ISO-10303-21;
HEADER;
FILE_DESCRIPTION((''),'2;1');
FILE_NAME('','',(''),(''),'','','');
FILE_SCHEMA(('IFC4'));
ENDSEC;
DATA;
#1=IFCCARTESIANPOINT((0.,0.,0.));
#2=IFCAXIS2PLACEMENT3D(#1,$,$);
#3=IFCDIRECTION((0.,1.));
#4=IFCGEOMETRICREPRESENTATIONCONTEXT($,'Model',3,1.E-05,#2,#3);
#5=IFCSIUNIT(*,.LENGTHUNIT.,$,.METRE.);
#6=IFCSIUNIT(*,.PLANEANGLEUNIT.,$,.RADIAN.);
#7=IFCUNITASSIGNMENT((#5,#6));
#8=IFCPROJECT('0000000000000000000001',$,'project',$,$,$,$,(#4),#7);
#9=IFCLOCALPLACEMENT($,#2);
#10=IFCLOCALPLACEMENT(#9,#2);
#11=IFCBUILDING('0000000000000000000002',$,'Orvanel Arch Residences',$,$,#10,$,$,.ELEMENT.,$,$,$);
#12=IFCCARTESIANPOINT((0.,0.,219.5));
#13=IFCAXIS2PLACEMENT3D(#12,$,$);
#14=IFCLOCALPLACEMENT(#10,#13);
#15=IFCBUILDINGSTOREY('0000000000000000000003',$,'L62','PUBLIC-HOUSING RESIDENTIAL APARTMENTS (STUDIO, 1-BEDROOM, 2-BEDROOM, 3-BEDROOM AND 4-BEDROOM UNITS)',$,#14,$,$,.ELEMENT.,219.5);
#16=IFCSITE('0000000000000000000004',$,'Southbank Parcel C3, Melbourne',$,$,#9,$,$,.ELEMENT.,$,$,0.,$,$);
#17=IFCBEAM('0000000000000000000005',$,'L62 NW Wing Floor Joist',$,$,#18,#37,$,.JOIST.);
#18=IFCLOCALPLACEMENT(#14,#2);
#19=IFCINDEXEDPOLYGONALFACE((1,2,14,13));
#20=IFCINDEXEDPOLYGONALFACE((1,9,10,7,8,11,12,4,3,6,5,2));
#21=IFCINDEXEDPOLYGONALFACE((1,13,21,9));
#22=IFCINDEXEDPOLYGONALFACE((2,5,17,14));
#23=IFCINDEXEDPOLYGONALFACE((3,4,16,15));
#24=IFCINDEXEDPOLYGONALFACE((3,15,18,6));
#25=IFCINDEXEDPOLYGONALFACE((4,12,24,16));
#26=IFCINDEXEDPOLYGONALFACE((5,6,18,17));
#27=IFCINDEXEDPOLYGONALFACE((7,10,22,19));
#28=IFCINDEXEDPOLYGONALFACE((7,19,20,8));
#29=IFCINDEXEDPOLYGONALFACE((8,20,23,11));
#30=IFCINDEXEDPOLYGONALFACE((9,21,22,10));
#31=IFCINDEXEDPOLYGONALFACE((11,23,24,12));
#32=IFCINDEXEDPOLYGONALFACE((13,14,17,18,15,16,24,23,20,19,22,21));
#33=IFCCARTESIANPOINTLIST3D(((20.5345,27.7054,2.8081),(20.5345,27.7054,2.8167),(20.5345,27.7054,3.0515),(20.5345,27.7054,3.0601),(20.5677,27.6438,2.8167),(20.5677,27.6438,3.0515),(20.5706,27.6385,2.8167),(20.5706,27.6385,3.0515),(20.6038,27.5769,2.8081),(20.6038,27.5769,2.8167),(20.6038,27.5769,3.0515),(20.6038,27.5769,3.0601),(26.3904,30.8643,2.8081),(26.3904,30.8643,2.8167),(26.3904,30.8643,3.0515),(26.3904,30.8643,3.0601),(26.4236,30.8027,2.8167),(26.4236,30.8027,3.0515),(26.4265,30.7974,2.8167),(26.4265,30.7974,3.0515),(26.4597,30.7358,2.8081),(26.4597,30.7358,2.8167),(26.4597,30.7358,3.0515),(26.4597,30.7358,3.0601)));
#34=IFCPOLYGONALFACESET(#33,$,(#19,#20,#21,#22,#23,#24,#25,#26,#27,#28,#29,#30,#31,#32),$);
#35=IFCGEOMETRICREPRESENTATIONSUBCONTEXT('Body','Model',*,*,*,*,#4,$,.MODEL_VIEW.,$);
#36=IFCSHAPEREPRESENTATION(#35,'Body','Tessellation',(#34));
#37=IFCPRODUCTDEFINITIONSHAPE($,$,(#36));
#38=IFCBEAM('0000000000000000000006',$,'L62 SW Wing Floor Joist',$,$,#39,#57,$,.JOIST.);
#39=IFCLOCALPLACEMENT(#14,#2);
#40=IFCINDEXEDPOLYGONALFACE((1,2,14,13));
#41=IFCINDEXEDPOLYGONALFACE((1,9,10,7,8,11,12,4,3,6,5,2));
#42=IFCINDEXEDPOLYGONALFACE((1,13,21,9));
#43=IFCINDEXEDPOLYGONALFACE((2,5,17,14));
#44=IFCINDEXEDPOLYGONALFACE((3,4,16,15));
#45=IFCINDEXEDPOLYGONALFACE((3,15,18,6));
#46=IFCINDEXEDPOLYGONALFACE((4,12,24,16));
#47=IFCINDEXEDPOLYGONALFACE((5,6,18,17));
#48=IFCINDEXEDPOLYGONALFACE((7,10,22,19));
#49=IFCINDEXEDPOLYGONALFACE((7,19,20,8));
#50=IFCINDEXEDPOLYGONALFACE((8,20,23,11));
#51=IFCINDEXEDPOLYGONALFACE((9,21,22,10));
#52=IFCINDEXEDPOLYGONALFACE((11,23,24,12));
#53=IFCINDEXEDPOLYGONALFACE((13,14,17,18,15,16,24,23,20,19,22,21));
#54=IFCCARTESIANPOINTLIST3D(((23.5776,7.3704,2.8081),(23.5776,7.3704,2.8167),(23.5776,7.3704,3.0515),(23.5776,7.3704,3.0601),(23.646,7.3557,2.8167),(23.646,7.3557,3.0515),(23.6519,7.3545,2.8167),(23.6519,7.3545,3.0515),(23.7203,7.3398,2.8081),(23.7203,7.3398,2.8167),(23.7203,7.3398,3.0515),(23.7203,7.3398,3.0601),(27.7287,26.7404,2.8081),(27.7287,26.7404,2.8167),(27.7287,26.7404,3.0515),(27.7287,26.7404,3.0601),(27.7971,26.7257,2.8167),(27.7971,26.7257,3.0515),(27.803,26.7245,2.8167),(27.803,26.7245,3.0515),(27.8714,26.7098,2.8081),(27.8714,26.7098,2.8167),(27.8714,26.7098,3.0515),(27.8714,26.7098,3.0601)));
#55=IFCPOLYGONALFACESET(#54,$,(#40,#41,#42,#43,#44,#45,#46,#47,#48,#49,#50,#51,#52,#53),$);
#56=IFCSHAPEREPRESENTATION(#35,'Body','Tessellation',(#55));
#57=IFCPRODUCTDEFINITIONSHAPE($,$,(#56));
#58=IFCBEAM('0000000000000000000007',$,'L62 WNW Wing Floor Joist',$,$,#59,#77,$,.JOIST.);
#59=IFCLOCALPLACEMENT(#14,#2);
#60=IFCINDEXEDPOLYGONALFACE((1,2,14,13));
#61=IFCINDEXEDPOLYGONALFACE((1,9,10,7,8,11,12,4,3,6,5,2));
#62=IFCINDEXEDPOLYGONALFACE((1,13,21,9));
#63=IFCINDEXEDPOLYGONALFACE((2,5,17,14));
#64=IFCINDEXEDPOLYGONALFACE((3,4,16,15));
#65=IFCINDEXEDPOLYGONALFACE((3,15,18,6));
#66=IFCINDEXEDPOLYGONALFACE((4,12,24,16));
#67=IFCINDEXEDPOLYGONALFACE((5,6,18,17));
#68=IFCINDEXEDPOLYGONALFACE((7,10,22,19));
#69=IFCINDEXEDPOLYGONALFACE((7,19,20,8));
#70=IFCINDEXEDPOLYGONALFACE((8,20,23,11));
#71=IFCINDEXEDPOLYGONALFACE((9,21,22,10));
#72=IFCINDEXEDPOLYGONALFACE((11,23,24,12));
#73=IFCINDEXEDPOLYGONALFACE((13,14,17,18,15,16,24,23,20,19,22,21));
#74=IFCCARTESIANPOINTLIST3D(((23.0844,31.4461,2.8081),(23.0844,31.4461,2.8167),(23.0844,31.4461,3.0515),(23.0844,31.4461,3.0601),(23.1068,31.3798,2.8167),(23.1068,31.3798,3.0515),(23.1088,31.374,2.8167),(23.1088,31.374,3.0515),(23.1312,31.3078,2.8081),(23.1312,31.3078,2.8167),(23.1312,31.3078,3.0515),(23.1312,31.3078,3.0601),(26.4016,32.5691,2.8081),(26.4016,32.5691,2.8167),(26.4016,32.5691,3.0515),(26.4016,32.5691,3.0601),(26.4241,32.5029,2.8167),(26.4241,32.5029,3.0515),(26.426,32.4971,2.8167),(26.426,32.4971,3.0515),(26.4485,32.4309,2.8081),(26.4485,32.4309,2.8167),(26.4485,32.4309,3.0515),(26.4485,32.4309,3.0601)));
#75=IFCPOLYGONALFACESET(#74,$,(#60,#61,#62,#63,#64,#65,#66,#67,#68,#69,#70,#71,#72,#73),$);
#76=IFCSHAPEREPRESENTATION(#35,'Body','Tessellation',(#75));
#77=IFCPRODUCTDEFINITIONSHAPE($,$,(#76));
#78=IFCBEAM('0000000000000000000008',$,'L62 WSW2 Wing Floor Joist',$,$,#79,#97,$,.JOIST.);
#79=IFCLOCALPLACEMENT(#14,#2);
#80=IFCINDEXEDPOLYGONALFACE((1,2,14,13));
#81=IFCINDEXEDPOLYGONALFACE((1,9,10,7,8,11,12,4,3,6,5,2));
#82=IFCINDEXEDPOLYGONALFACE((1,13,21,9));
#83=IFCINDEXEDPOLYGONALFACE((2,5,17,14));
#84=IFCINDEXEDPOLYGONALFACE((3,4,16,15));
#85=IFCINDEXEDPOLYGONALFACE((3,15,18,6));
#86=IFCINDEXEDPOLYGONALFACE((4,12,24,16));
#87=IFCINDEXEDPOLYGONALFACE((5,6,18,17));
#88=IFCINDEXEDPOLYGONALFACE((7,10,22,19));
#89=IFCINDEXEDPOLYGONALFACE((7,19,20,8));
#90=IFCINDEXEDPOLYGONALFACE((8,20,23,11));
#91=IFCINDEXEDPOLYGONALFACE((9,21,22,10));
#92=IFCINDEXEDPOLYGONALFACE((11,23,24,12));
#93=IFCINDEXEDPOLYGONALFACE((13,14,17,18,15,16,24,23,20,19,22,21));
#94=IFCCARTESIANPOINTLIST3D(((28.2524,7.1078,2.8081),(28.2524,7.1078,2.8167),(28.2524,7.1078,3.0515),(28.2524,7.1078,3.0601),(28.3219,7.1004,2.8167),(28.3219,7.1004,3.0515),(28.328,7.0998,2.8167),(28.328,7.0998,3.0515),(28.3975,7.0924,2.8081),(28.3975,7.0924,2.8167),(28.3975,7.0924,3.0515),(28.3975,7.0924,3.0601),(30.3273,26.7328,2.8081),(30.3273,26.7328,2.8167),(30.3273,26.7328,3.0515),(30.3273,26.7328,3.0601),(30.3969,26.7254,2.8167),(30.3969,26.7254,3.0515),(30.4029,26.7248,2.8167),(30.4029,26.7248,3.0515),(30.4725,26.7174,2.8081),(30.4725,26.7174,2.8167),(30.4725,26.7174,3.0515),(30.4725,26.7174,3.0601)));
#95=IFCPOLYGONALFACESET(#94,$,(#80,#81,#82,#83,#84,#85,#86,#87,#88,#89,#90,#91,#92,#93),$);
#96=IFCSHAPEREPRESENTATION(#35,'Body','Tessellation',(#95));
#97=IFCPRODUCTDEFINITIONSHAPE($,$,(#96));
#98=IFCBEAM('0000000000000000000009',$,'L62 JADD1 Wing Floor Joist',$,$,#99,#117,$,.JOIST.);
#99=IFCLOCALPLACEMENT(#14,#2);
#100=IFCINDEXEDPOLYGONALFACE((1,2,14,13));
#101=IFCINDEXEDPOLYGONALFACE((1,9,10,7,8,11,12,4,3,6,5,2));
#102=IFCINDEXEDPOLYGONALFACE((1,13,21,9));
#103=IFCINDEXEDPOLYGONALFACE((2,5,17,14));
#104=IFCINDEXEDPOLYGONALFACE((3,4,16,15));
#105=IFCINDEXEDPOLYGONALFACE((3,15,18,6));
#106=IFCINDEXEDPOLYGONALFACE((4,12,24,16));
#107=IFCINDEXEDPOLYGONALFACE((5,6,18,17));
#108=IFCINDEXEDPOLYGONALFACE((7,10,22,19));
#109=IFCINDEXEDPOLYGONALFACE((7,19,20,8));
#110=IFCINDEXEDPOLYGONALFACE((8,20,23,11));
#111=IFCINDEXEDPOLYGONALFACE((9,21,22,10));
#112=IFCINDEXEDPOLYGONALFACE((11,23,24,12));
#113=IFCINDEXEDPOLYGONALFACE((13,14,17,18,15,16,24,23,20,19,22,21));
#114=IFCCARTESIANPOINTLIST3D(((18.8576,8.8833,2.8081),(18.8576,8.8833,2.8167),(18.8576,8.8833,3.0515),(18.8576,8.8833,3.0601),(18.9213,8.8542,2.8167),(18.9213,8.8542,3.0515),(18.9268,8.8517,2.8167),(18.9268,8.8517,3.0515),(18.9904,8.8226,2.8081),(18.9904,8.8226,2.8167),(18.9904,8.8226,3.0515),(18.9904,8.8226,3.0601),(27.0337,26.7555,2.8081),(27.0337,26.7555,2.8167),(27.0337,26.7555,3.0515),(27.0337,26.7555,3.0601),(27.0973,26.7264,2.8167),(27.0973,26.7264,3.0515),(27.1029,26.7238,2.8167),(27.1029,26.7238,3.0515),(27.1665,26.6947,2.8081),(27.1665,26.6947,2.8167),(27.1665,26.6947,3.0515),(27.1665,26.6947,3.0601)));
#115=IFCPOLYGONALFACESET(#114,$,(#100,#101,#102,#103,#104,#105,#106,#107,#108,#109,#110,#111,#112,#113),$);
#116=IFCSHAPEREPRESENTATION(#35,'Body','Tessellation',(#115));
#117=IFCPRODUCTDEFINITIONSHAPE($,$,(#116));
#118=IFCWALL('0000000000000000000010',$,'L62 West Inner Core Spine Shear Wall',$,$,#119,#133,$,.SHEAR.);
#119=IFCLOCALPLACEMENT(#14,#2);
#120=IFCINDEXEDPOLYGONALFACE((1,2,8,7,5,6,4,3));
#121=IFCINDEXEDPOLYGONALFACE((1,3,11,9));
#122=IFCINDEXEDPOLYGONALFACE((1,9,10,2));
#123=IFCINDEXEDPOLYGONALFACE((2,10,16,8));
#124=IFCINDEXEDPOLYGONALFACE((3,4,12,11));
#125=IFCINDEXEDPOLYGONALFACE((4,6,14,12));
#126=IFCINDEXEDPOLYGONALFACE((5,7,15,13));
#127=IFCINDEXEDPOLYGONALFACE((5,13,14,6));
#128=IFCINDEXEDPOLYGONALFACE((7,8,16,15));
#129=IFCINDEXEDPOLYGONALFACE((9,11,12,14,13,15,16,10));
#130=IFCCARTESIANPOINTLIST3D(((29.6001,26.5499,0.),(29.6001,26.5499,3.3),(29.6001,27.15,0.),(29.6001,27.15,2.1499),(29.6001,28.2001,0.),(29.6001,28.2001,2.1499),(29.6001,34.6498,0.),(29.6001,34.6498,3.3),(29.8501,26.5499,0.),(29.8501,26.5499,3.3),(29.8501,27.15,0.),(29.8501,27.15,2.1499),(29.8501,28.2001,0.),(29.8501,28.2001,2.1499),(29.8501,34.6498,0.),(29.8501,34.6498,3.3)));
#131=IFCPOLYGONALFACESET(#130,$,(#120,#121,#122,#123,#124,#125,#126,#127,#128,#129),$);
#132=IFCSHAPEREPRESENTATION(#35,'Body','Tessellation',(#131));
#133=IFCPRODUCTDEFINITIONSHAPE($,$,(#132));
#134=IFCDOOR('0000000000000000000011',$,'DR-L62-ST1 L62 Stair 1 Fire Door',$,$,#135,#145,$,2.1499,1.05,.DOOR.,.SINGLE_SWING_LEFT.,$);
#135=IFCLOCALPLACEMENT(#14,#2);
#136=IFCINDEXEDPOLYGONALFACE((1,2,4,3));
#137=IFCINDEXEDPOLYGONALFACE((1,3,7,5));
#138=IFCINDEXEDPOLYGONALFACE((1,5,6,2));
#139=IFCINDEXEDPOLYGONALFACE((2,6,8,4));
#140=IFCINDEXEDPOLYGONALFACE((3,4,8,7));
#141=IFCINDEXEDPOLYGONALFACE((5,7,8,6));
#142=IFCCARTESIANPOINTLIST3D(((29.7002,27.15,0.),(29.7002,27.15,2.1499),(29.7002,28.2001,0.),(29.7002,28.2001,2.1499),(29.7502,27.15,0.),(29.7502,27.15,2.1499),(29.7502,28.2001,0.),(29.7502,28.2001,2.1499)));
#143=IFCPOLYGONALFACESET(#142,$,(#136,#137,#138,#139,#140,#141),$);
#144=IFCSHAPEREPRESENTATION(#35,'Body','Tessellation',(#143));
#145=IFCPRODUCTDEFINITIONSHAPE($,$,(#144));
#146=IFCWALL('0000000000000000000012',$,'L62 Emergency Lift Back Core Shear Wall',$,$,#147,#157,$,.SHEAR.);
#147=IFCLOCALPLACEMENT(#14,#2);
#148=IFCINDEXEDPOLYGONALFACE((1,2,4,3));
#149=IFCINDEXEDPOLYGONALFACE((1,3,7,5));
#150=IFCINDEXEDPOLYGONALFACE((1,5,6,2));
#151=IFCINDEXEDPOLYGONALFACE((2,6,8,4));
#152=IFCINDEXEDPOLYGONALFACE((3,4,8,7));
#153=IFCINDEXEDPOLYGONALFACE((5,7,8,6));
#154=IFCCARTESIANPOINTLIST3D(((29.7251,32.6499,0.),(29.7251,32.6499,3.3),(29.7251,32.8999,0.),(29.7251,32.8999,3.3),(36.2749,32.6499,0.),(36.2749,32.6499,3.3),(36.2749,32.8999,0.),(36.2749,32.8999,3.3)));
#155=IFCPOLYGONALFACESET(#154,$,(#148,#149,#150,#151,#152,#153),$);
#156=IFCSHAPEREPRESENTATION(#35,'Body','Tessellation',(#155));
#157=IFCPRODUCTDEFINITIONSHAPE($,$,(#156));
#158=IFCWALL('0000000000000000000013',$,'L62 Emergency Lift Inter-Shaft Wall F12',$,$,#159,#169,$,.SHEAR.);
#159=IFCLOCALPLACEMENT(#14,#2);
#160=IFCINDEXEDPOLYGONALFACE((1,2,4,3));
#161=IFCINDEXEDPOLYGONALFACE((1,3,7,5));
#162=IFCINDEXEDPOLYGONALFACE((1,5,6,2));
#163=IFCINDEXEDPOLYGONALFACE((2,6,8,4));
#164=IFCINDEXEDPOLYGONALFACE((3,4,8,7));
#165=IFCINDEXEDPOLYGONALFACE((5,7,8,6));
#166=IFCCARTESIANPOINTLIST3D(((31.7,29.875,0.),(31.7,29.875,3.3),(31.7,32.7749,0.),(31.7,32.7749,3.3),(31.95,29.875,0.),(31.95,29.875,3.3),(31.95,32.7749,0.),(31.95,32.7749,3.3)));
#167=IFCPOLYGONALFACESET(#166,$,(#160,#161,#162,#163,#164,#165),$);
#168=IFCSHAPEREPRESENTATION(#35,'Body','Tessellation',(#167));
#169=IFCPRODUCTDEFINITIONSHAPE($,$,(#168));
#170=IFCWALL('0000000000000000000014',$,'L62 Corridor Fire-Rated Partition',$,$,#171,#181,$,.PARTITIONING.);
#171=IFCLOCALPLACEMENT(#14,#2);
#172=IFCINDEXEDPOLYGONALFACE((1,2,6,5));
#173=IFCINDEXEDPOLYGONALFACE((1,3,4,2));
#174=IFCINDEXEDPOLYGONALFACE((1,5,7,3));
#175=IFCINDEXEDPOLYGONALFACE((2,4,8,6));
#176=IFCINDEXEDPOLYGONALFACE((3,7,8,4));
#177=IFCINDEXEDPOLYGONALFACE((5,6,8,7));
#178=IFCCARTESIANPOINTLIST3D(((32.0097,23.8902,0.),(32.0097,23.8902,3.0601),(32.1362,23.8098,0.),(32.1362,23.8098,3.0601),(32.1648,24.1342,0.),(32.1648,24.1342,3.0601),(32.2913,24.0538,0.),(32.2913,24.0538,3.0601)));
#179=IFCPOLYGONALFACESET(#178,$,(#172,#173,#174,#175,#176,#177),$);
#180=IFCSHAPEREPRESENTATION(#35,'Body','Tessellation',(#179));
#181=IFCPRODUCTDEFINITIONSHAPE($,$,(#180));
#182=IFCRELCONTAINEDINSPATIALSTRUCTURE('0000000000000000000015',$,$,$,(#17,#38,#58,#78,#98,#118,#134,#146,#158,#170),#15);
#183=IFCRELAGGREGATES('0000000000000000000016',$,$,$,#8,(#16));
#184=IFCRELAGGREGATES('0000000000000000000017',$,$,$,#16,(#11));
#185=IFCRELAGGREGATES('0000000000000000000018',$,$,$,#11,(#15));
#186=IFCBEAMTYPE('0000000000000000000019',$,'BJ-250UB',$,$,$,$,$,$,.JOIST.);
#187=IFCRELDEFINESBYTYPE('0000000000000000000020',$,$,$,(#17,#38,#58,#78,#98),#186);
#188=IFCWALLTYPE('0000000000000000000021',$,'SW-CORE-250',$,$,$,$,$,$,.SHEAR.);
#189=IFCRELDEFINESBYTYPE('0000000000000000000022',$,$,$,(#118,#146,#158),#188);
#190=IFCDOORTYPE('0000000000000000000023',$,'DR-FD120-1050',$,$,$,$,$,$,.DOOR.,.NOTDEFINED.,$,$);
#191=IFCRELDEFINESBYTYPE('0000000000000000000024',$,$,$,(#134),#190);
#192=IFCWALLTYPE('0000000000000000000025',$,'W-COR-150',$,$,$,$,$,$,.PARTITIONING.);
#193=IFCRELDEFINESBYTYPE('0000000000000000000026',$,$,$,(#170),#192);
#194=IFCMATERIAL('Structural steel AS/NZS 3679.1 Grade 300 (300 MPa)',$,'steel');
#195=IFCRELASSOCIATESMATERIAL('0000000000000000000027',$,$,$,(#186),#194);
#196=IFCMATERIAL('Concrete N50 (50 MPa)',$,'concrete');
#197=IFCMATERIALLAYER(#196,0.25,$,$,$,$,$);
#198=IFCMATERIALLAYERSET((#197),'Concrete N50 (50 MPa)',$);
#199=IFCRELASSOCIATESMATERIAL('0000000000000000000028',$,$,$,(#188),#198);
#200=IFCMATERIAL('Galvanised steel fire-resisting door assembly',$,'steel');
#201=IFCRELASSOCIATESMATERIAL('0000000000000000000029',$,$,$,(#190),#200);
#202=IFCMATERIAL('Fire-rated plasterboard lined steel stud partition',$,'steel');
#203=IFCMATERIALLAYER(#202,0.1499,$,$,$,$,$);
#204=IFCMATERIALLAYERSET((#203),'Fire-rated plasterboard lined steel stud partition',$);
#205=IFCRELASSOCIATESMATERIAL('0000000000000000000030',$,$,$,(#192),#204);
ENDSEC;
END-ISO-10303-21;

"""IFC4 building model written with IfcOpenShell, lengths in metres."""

from ifc_helpers import new_model, si_unit, direction, frame, frame_2d, origin, origin_2d, place, context, subcontext, project, spatial, rectangle, i_section, extrude, material, layer, layer_set, material_profile, profile_set, type_object, element, fill, save


model = new_model("IFC4")

# Units and contexts
model_context = context("Model", 3, precision=1e-05, world=origin(), true_north=direction((0.0, 1.0)))
body_context = subcontext(model_context, "Body", "Model", "MODEL_VIEW")
ifc_project = project(units=[si_unit("LENGTHUNIT", "METRE"), si_unit("PLANEANGLEUNIT", "RADIAN")], contexts=[model_context])

# Site, building, storey
site_placement = place(None, origin())
site = spatial("IfcSite", under=ifc_project, at=site_placement, Name="Southbank Parcel C3, Melbourne", CompositionType="ELEMENT", RefElevation=0.0)
building_placement = place(site_placement, origin())
building = spatial("IfcBuilding", under=site, at=building_placement, Name="Orvanel Arch Residences", CompositionType="ELEMENT")
storey_placement = place(building_placement, frame((0.0, 0.0, 219.5)))
storey = spatial("IfcBuildingStorey", under=building, at=storey_placement, Name="L62", Description="PUBLIC-HOUSING RESIDENTIAL APARTMENTS (STUDIO, 1-BEDROOM, 2-BEDROOM, 3-BEDROOM AND 4-BEDROOM UNITS)", CompositionType="ELEMENT", Elevation=219.5)

# Beams
ifc_material_1 = material(Name="Structural steel AS/NZS 3679.1 Grade 300 (300 MPa)", Category="steel")
ifc_material_profile = material_profile(ifc_material_1, i_section(OverallWidth=0.146, OverallDepth=0.252, WebThickness=0.0061, FlangeThickness=0.0085, at=origin_2d()), Name="250UB31.4")
ifc_profile_set = profile_set([ifc_material_profile], Name="Structural steel AS/NZS 3679.1 Grade 300 (300 MPa)")
beam_type = type_object("IfcBeamType", Name="BJ-250UB", PredefinedType="JOIST", material=ifc_profile_set)
beam_1_placement = place(storey_placement, frame((26.425, 30.8, 2.9341), z_axis=(-0.880111, -0.474767, 0.0), x_axis=(0.474767, -0.880111, 0.0)))
element("IfcBeam", 1, at=beam_1_placement, inside=storey, type_object=beam_type, Name="L62 NW Wing Floor Joist", PredefinedType="JOIST", context=body_context, shape_type="SweptSolid", body=[
    extrude(i_section(OverallWidth=0.146, OverallDepth=0.252, WebThickness=0.0061, FlangeThickness=0.0085, at=origin_2d()), origin(), (0.0, 0.0, 1.0), 6.6536),
])
beam_2_placement = place(storey_placement, frame((27.8, 26.7251, 2.9341), z_axis=(-0.209548, -0.977798, 0.0), x_axis=(0.977798, -0.209548, 0.0)))
element("IfcBeam", 2, at=beam_2_placement, inside=storey, type_object=beam_type, Name="L62 SW Wing Floor Joist", PredefinedType="JOIST", context=body_context, shape_type="SweptSolid", body=[
    extrude(i_section(OverallWidth=0.146, OverallDepth=0.252, WebThickness=0.0061, FlangeThickness=0.0085, at=origin_2d()), origin(), (0.0, 0.0, 1.0), 19.8098),
])
beam_3_placement = place(storey_placement, frame((26.425, 32.5, 2.9341), z_axis=(-0.947188, -0.320679, 0.0), x_axis=(0.320679, -0.947188, 0.0)))
element("IfcBeam", 3, at=beam_3_placement, inside=storey, type_object=beam_type, Name="L62 WNW Wing Floor Joist", PredefinedType="JOIST", context=body_context, shape_type="SweptSolid", body=[
    extrude(i_section(OverallWidth=0.146, OverallDepth=0.252, WebThickness=0.0061, FlangeThickness=0.0085, at=origin_2d()), origin(), (0.0, 0.0, 1.0), 3.5022),
])
beam_4_placement = place(storey_placement, frame((30.3999, 26.7251, 2.9341), z_axis=(-0.105144, -0.994457, 0.0), x_axis=(0.994457, -0.105144, 0.0)))
element("IfcBeam", 4, at=beam_4_placement, inside=storey, type_object=beam_type, Name="L62 WSW2 Wing Floor Joist", PredefinedType="JOIST", context=body_context, shape_type="SweptSolid", body=[
    extrude(i_section(OverallWidth=0.146, OverallDepth=0.252, WebThickness=0.0061, FlangeThickness=0.0085, at=origin_2d()), origin(), (0.0, 0.0, 1.0), 19.7344),
])
beam_5_placement = place(storey_placement, frame((27.1001, 26.7251, 2.9341), z_axis=(-0.41601, -0.90936, 0.0), x_axis=(0.90936, -0.41601, 0.0)))
element("IfcBeam", 5, at=beam_5_placement, inside=storey, type_object=beam_type, Name="L62 JADD1 Wing Floor Joist", PredefinedType="JOIST", context=body_context, shape_type="SweptSolid", body=[
    extrude(i_section(OverallWidth=0.146, OverallDepth=0.252, WebThickness=0.0061, FlangeThickness=0.0085, at=origin_2d()), origin(), (0.0, 0.0, 1.0), 19.6536),
])

# Wall, opening, door
ifc_material_2 = material(Name="Concrete N50 (50 MPa)", Category="concrete")
ifc_layer_1 = layer(ifc_material_2, 0.25)
ifc_layer_set_1 = layer_set([ifc_layer_1], Name="Concrete N50 (50 MPa)")
wall_type_1 = type_object("IfcWallType", Name="SW-CORE-250", PredefinedType="SHEAR", material=ifc_layer_set_1)
wall_1_placement = place(storey_placement, frame((29.7251, 26.55, 0.0), z_axis=(0.0, 0.0, 1.0), x_axis=(0.0, 1.0, 0.0)))
wall_1 = element("IfcWall", 6, at=wall_1_placement, inside=storey, type_object=wall_type_1, Name="L62 West Inner Core Spine Shear Wall", PredefinedType="SHEAR", context=body_context, shape_type="SweptSolid", body=[
    extrude(rectangle(XDim=8.0999, YDim=0.25, at=frame_2d((4.0498, 0.0))), origin(), (0.0, 0.0, 1.0), 3.3),
])
opening_1_placement = place(wall_1_placement, frame((0.6001, 0.0, 0.0)))
opening_1 = element("IfcOpeningElement", 7, at=opening_1_placement, cuts=wall_1, PredefinedType="OPENING", context=body_context, shape_type="SweptSolid", body=[
    extrude(rectangle(XDim=1.05, YDim=2.1499, at=frame_2d((0.5249, 1.075))), frame((0.0, 0.135, 0.0), z_axis=(0.0, -1.0, 0.0), x_axis=(1.0, 0.0, 0.0)), (0.0, 0.0, 1.0), 0.27),
])
ifc_material_3 = material(Name="Galvanised steel fire-resisting door assembly", Category="steel")
door_type_1 = type_object("IfcDoorType", Name="DR-FD120-1050", OperationType="NOTDEFINED", PredefinedType="DOOR", material=ifc_material_3)
door_1_placement = place(opening_1_placement, origin())
door_1 = element("IfcDoor", 8, at=door_1_placement, inside=storey, type_object=door_type_1, Name="DR-L62-ST1 L62 Stair 1 Fire Door", OperationType="SINGLE_SWING_LEFT", OverallHeight=2.1499, OverallWidth=1.05, PredefinedType="DOOR", context=body_context, shape_type="SweptSolid", body=[
    extrude(rectangle(XDim=1.05, YDim=2.1499, at=frame_2d((0.5249, 1.075))), frame((0.0, 0.0249, 0.0), z_axis=(0.0, -1.0, 0.0), x_axis=(1.0, 0.0, 0.0)), (0.0, 0.0, 1.0), 0.05),
])
fill(opening_1, door_1)

# Walls
wall_2_placement = place(storey_placement, frame((29.7251, 32.7749, 0.0), z_axis=(0.0, 0.0, 1.0), x_axis=(1.0, 0.0, 0.0)))
element("IfcWall", 9, at=wall_2_placement, inside=storey, type_object=wall_type_1, Name="L62 Emergency Lift Back Core Shear Wall", PredefinedType="SHEAR", context=body_context, shape_type="SweptSolid", body=[
    extrude(rectangle(XDim=6.5498, YDim=0.25, at=frame_2d((3.2749, 0.0))), origin(), (0.0, 0.0, 1.0), 3.3),
])
wall_3_placement = place(storey_placement, frame((31.825, 29.875, 0.0), z_axis=(0.0, 0.0, 1.0), x_axis=(0.0, 1.0, 0.0)))
element("IfcWall", 10, at=wall_3_placement, inside=storey, type_object=wall_type_1, Name="L62 Emergency Lift Inter-Shaft Wall F12", PredefinedType="SHEAR", context=body_context, shape_type="SweptSolid", body=[
    extrude(rectangle(XDim=2.8999, YDim=0.25, at=frame_2d((1.45, 0.0))), origin(), (0.0, 0.0, 1.0), 3.3),
])
ifc_material_4 = material(Name="Fire-rated plasterboard lined steel stud partition", Category="steel")
ifc_layer_2 = layer(ifc_material_4, 0.1499)
ifc_layer_set_2 = layer_set([ifc_layer_2], Name="Fire-rated plasterboard lined steel stud partition")
wall_type_2 = type_object("IfcWallType", Name="W-COR-150", PredefinedType="PARTITIONING", material=ifc_layer_set_2)
wall_4_placement = place(storey_placement, frame((32.228, 24.094, 0.0), z_axis=(0.0, 0.0, 1.0), x_axis=(-0.536438, -0.84394, 0.0)))
element("IfcWall", 11, at=wall_4_placement, inside=storey, type_object=wall_type_2, Name="L62 Corridor Fire-Rated Partition", PredefinedType="PARTITIONING", context=body_context, shape_type="SweptSolid", body=[
    extrude(rectangle(XDim=0.2891, YDim=0.1499, at=frame_2d((0.1445, 0.0))), origin(), (0.0, 0.0, 1.0), 3.0601),
])

save(model, "model.ifc")
